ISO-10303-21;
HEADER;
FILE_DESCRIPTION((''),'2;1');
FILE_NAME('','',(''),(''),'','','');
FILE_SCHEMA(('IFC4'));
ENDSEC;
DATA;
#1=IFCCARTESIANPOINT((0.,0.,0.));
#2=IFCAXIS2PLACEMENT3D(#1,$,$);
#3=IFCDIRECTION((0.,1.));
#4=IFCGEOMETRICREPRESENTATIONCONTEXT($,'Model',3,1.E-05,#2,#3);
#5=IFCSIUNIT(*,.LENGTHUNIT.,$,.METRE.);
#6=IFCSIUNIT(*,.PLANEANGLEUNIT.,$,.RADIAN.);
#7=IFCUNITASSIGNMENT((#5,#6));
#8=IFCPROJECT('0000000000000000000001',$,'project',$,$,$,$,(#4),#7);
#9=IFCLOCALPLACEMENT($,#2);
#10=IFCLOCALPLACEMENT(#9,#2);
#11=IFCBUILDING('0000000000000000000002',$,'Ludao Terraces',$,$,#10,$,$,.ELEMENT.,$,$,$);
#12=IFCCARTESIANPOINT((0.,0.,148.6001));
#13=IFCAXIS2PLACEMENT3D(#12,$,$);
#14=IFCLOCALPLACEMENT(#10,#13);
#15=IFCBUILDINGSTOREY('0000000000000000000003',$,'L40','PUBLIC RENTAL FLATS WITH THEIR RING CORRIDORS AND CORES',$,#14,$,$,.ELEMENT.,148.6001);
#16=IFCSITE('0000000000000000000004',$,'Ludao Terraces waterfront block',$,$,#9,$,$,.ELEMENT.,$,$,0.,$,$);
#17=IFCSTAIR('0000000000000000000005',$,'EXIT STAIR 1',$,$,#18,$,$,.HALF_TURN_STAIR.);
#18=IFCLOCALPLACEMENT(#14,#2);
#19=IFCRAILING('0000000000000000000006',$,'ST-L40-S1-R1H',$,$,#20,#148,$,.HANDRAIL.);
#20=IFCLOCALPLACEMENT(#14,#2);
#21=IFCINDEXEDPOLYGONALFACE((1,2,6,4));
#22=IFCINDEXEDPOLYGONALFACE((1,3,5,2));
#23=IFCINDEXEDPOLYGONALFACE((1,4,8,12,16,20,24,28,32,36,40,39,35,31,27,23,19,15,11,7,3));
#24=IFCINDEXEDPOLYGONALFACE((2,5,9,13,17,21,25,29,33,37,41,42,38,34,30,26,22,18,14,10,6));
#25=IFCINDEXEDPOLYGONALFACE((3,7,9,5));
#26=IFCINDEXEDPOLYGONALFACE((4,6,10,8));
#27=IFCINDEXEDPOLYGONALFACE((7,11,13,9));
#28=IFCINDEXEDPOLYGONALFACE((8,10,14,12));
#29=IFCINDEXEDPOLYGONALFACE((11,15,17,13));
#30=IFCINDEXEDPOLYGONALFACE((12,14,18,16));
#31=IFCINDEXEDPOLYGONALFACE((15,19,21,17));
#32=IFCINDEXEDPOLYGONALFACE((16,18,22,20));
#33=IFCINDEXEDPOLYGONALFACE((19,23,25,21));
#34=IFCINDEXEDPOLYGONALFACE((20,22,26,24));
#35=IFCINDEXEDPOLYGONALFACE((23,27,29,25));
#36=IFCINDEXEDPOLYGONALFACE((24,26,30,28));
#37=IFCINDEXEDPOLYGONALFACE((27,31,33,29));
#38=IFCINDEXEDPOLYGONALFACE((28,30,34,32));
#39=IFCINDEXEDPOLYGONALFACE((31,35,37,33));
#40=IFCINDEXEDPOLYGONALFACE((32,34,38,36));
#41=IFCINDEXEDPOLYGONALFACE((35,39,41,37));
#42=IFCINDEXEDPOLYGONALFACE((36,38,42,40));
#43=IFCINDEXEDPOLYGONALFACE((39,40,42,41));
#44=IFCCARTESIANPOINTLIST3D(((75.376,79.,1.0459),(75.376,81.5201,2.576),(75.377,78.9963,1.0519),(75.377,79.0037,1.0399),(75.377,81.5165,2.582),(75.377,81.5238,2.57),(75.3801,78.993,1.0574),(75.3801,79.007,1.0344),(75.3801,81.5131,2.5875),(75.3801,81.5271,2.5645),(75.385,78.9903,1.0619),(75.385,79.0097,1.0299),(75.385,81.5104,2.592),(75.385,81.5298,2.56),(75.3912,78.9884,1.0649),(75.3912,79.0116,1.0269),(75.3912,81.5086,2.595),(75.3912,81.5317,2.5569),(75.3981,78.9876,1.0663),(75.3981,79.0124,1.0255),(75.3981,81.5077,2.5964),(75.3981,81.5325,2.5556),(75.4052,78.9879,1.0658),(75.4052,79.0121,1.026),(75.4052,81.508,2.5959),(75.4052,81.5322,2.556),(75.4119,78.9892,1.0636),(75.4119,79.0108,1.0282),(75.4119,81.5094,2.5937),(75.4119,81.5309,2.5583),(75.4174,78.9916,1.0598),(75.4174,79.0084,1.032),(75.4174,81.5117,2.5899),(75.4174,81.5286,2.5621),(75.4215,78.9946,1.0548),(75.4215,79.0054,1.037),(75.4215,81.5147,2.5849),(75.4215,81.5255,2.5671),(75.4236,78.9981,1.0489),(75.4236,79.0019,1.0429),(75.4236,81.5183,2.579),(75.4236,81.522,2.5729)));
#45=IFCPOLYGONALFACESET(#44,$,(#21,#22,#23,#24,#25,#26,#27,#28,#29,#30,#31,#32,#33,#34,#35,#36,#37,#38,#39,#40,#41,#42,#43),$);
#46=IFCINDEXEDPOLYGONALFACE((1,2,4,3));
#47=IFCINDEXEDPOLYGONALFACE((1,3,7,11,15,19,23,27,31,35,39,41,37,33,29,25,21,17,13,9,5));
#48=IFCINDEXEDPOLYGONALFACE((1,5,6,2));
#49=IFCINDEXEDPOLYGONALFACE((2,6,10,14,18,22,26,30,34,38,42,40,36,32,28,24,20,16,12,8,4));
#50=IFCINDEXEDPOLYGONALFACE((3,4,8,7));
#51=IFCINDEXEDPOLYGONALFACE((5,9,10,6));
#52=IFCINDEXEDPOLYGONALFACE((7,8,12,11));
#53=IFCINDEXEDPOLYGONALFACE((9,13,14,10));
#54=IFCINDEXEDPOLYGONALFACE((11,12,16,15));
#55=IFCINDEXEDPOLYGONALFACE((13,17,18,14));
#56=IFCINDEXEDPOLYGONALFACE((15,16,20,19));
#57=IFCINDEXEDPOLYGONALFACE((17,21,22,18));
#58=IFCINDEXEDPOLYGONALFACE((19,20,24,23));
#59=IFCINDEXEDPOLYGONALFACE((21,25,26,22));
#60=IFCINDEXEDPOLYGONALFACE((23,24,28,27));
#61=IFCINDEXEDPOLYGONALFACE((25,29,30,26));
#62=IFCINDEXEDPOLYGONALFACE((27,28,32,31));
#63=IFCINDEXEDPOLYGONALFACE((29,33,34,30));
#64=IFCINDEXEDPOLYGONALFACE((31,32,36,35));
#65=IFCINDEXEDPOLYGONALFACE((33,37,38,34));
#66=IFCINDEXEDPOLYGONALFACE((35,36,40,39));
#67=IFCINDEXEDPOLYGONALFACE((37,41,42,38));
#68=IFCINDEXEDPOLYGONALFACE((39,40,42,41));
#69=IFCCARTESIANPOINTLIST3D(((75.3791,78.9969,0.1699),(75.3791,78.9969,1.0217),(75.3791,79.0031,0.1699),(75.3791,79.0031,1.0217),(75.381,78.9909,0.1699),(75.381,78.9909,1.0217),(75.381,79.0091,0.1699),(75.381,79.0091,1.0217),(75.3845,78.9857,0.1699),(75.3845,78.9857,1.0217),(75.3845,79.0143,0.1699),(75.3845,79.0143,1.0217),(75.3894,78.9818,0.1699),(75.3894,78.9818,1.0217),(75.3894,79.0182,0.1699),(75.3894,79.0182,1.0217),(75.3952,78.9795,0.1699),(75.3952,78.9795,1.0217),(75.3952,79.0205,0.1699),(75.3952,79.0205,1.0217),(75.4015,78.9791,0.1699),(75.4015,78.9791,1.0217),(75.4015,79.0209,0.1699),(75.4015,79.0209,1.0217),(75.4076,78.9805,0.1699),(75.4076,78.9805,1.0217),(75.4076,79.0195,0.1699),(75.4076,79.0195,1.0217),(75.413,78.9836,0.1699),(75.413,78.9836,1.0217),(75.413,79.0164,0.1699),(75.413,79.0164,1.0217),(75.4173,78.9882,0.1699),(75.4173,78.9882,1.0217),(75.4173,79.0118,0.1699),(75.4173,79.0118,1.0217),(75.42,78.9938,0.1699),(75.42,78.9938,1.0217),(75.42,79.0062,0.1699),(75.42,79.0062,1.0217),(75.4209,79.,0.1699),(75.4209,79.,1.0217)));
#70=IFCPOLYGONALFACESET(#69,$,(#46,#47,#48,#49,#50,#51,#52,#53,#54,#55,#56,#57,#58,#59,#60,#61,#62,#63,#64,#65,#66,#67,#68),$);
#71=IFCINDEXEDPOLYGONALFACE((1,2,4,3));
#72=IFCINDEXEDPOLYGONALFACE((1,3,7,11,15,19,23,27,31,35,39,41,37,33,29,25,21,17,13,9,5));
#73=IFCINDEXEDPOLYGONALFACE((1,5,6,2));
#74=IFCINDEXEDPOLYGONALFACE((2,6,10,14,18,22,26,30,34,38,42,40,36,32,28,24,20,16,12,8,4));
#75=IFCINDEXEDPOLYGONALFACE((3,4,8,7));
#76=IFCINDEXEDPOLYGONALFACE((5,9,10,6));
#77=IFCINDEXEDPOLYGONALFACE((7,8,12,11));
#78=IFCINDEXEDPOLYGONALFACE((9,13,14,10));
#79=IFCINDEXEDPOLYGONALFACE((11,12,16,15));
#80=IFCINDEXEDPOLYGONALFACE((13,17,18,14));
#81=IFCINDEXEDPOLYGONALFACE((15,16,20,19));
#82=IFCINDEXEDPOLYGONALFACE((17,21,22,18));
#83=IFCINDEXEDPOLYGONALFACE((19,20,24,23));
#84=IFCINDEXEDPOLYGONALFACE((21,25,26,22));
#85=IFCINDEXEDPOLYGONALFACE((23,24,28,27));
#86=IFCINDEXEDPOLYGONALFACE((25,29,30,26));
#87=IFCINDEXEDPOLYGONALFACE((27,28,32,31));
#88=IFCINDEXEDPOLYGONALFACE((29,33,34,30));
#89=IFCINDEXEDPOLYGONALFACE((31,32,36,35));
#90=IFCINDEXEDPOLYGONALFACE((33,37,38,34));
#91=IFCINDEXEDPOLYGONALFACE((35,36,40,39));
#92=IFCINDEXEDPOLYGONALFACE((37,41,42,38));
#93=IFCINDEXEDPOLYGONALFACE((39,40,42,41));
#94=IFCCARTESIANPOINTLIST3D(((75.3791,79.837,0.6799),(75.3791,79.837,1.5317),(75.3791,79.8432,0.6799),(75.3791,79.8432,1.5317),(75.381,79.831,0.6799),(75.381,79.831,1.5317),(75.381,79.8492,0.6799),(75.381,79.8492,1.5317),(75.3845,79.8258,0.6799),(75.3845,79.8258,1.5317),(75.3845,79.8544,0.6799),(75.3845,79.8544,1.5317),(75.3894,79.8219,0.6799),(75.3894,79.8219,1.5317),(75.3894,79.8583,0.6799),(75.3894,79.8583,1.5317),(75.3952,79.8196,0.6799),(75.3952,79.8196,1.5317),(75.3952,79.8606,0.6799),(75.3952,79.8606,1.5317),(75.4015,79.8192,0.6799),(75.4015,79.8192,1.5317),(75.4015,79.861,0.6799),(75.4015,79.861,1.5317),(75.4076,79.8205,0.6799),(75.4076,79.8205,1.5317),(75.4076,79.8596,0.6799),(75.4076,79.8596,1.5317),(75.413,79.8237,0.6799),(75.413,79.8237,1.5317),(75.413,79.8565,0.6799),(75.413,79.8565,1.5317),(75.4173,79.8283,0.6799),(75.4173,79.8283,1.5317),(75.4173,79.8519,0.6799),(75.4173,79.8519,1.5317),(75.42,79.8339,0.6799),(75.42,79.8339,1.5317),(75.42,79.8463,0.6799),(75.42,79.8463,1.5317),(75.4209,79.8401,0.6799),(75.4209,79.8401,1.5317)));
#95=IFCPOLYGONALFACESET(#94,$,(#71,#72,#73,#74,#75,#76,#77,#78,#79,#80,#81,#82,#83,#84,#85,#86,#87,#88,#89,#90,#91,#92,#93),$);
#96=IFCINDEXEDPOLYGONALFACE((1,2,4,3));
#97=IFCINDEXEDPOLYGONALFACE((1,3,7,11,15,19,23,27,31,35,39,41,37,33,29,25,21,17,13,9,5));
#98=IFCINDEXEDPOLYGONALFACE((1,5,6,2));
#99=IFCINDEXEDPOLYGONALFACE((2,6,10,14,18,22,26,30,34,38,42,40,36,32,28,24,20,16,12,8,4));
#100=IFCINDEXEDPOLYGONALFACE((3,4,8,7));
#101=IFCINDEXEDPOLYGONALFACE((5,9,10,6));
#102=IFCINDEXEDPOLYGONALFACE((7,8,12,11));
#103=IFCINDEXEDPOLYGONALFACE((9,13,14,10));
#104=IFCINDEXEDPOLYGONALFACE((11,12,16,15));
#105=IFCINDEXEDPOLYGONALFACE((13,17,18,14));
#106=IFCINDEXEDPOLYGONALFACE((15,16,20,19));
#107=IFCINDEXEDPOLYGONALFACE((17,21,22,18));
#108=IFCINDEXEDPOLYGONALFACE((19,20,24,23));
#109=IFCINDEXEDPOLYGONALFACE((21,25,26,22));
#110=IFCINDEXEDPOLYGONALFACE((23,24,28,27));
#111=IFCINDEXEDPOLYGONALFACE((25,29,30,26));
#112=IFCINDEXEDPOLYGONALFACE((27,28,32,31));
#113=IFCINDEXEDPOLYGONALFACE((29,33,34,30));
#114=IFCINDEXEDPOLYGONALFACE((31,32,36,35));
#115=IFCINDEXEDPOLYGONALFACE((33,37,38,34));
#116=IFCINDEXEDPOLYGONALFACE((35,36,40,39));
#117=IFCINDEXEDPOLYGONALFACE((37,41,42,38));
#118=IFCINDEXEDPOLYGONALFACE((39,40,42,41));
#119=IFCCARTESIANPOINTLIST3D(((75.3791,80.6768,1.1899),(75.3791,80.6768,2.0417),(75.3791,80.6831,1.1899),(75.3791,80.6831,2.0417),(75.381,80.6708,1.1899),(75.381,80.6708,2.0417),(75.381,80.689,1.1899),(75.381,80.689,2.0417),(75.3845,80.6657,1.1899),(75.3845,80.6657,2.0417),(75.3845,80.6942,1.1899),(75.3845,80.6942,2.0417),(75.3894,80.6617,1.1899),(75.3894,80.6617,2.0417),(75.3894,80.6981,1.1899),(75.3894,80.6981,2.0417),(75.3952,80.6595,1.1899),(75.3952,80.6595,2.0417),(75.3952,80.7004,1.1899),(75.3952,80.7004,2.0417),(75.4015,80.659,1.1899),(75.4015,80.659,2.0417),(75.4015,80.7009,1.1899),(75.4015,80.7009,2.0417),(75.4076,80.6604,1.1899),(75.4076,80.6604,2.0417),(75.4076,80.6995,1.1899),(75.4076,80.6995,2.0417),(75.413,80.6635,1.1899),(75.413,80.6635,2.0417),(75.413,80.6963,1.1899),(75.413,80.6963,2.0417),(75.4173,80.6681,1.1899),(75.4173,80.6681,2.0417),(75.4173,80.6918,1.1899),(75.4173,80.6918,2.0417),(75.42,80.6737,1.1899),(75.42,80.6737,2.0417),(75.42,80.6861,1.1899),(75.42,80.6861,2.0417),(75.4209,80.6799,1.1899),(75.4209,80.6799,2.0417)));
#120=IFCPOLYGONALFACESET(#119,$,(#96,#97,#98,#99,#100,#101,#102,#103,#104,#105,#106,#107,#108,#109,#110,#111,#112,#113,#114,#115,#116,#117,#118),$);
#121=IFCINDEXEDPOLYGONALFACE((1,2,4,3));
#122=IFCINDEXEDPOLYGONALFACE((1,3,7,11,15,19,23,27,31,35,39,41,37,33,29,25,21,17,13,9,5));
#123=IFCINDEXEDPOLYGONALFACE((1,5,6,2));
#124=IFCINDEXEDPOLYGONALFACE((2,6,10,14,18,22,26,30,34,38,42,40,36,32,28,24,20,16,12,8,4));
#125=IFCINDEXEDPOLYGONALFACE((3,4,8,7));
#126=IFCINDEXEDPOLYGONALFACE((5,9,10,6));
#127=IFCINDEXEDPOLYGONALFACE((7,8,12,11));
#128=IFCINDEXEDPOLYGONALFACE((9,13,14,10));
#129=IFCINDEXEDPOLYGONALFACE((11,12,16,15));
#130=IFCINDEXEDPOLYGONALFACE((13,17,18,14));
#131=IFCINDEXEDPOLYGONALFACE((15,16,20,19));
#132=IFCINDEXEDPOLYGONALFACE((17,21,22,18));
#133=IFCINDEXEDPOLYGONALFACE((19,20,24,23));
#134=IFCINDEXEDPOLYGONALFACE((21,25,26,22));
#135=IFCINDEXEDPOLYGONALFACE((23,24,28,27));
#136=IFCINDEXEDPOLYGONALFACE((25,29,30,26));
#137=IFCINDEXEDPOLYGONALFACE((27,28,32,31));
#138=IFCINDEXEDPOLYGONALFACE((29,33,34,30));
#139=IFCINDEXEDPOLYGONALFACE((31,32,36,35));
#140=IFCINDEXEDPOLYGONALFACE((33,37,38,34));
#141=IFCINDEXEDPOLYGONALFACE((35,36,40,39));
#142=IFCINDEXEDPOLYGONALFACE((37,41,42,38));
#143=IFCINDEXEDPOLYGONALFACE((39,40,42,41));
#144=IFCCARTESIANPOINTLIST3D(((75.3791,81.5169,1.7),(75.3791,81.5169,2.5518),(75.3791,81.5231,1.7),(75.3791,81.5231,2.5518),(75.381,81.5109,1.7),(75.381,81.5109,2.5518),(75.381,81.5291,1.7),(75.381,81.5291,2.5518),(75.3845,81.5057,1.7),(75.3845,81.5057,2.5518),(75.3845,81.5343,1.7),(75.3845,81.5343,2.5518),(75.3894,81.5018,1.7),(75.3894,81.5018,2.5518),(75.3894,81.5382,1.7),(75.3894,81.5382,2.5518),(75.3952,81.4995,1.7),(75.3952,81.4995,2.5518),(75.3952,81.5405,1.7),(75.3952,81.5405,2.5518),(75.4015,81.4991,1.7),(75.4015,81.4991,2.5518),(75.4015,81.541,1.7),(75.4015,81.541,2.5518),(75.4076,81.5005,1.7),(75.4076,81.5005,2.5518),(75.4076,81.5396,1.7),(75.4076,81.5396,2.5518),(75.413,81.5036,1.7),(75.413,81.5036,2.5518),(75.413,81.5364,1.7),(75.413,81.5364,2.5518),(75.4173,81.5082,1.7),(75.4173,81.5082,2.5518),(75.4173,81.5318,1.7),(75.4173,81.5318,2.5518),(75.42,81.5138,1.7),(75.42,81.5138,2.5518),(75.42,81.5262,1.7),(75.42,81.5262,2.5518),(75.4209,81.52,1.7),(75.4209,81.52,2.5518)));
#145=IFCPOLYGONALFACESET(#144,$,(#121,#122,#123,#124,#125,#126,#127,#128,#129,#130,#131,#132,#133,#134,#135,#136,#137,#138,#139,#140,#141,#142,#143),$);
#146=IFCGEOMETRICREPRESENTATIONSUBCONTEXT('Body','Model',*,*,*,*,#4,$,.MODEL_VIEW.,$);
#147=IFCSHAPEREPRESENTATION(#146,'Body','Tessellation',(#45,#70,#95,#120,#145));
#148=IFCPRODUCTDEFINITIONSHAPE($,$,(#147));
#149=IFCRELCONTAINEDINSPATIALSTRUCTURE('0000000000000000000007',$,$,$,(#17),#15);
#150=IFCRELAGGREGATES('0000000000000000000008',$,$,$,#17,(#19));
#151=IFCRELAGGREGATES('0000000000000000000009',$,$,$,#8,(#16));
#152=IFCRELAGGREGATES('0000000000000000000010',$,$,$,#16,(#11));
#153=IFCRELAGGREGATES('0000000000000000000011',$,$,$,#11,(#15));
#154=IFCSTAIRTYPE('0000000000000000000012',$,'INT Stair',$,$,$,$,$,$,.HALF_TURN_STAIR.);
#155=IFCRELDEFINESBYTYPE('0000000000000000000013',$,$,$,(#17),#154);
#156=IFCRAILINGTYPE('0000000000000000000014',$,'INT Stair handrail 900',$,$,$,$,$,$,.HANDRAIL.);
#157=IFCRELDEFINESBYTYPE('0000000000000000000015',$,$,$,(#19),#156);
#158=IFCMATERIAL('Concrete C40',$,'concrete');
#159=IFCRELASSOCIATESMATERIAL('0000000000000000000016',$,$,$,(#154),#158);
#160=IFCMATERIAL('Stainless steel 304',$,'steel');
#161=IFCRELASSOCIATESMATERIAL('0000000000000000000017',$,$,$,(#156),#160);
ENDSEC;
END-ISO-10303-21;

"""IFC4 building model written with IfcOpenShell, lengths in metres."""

from ifc_helpers import new_model, si_unit, direction, frame, origin, origin_2d, place, context, subcontext, project, spatial, circle, extrude, material, type_object, element, aggregate, save


model = new_model("IFC4")

# Units and contexts
model_context = context("Model", 3, precision=1e-05, world=origin(), true_north=direction((0.0, 1.0)))
body_context = subcontext(model_context, "Body", "Model", "MODEL_VIEW")
ifc_project = project(units=[si_unit("LENGTHUNIT", "METRE"), si_unit("PLANEANGLEUNIT", "RADIAN")], contexts=[model_context])

# Site, building, storey
site_placement = place(None, origin())
site = spatial("IfcSite", under=ifc_project, at=site_placement, Name="Ludao Terraces waterfront block", CompositionType="ELEMENT", RefElevation=0.0)
building_placement = place(site_placement, origin())
building = spatial("IfcBuilding", under=site, at=building_placement, Name="Ludao Terraces", CompositionType="ELEMENT")
storey_placement = place(building_placement, frame((0.0, 0.0, 148.6001)))
storey = spatial("IfcBuildingStorey", under=building, at=storey_placement, Name="L40", Description="PUBLIC RENTAL FLATS WITH THEIR RING CORRIDORS AND CORES", CompositionType="ELEMENT", Elevation=148.6001)

# Shared definitions
ifc_material_1 = material(Name="Concrete C40", Category="concrete")

# Shared definitions
ifc_material_2 = material(Name="Stainless steel 304", Category="steel")

# Stair, railing
stair_type = type_object("IfcStairType", Name="INT Stair", PredefinedType="HALF_TURN_STAIR", material=ifc_material_1)
stair_placement = place(storey_placement, origin())
stair = element("IfcStair", 1, at=stair_placement, inside=storey, type_object=stair_type, Name="EXIT STAIR 1", PredefinedType="HALF_TURN_STAIR")
railing_type_1 = type_object("IfcRailingType", Name="INT Stair handrail 900", PredefinedType="HANDRAIL", material=ifc_material_2)
railing_1_placement = place(storey_placement, frame((75.3999, 79.0, 0.1699)))
railing_1 = element("IfcRailing", 2, at=railing_1_placement, type_object=railing_type_1, Name="ST-L40-S1-R1H", PredefinedType="HANDRAIL", context=body_context, shape_type="SweptSolid", body=[
    extrude(circle(Radius=0.0239, at=origin_2d()), frame((0.0, 0.0, 0.876), z_axis=(0.0, 0.854785, 0.518982), x_axis=(-1.0, 0.0, 0.0)), (0.0, 0.0, 1.0), 2.9482),
    extrude(circle(Radius=0.021, at=origin_2d()), origin(), (0.0, 0.0, 1.0), 0.8518),
    extrude(circle(Radius=0.021, at=origin_2d()), frame((0.0, 0.8401, 0.51)), (0.0, 0.0, 1.0), 0.8518),
    extrude(circle(Radius=0.021, at=origin_2d()), frame((0.0, 1.6799, 1.02)), (0.0, 0.0, 1.0), 0.8518),
    extrude(circle(Radius=0.021, at=origin_2d()), frame((0.0, 2.52, 1.53)), (0.0, 0.0, 1.0), 0.8518),
])
aggregate(stair, [railing_1])

save(model, "model.ifc")
